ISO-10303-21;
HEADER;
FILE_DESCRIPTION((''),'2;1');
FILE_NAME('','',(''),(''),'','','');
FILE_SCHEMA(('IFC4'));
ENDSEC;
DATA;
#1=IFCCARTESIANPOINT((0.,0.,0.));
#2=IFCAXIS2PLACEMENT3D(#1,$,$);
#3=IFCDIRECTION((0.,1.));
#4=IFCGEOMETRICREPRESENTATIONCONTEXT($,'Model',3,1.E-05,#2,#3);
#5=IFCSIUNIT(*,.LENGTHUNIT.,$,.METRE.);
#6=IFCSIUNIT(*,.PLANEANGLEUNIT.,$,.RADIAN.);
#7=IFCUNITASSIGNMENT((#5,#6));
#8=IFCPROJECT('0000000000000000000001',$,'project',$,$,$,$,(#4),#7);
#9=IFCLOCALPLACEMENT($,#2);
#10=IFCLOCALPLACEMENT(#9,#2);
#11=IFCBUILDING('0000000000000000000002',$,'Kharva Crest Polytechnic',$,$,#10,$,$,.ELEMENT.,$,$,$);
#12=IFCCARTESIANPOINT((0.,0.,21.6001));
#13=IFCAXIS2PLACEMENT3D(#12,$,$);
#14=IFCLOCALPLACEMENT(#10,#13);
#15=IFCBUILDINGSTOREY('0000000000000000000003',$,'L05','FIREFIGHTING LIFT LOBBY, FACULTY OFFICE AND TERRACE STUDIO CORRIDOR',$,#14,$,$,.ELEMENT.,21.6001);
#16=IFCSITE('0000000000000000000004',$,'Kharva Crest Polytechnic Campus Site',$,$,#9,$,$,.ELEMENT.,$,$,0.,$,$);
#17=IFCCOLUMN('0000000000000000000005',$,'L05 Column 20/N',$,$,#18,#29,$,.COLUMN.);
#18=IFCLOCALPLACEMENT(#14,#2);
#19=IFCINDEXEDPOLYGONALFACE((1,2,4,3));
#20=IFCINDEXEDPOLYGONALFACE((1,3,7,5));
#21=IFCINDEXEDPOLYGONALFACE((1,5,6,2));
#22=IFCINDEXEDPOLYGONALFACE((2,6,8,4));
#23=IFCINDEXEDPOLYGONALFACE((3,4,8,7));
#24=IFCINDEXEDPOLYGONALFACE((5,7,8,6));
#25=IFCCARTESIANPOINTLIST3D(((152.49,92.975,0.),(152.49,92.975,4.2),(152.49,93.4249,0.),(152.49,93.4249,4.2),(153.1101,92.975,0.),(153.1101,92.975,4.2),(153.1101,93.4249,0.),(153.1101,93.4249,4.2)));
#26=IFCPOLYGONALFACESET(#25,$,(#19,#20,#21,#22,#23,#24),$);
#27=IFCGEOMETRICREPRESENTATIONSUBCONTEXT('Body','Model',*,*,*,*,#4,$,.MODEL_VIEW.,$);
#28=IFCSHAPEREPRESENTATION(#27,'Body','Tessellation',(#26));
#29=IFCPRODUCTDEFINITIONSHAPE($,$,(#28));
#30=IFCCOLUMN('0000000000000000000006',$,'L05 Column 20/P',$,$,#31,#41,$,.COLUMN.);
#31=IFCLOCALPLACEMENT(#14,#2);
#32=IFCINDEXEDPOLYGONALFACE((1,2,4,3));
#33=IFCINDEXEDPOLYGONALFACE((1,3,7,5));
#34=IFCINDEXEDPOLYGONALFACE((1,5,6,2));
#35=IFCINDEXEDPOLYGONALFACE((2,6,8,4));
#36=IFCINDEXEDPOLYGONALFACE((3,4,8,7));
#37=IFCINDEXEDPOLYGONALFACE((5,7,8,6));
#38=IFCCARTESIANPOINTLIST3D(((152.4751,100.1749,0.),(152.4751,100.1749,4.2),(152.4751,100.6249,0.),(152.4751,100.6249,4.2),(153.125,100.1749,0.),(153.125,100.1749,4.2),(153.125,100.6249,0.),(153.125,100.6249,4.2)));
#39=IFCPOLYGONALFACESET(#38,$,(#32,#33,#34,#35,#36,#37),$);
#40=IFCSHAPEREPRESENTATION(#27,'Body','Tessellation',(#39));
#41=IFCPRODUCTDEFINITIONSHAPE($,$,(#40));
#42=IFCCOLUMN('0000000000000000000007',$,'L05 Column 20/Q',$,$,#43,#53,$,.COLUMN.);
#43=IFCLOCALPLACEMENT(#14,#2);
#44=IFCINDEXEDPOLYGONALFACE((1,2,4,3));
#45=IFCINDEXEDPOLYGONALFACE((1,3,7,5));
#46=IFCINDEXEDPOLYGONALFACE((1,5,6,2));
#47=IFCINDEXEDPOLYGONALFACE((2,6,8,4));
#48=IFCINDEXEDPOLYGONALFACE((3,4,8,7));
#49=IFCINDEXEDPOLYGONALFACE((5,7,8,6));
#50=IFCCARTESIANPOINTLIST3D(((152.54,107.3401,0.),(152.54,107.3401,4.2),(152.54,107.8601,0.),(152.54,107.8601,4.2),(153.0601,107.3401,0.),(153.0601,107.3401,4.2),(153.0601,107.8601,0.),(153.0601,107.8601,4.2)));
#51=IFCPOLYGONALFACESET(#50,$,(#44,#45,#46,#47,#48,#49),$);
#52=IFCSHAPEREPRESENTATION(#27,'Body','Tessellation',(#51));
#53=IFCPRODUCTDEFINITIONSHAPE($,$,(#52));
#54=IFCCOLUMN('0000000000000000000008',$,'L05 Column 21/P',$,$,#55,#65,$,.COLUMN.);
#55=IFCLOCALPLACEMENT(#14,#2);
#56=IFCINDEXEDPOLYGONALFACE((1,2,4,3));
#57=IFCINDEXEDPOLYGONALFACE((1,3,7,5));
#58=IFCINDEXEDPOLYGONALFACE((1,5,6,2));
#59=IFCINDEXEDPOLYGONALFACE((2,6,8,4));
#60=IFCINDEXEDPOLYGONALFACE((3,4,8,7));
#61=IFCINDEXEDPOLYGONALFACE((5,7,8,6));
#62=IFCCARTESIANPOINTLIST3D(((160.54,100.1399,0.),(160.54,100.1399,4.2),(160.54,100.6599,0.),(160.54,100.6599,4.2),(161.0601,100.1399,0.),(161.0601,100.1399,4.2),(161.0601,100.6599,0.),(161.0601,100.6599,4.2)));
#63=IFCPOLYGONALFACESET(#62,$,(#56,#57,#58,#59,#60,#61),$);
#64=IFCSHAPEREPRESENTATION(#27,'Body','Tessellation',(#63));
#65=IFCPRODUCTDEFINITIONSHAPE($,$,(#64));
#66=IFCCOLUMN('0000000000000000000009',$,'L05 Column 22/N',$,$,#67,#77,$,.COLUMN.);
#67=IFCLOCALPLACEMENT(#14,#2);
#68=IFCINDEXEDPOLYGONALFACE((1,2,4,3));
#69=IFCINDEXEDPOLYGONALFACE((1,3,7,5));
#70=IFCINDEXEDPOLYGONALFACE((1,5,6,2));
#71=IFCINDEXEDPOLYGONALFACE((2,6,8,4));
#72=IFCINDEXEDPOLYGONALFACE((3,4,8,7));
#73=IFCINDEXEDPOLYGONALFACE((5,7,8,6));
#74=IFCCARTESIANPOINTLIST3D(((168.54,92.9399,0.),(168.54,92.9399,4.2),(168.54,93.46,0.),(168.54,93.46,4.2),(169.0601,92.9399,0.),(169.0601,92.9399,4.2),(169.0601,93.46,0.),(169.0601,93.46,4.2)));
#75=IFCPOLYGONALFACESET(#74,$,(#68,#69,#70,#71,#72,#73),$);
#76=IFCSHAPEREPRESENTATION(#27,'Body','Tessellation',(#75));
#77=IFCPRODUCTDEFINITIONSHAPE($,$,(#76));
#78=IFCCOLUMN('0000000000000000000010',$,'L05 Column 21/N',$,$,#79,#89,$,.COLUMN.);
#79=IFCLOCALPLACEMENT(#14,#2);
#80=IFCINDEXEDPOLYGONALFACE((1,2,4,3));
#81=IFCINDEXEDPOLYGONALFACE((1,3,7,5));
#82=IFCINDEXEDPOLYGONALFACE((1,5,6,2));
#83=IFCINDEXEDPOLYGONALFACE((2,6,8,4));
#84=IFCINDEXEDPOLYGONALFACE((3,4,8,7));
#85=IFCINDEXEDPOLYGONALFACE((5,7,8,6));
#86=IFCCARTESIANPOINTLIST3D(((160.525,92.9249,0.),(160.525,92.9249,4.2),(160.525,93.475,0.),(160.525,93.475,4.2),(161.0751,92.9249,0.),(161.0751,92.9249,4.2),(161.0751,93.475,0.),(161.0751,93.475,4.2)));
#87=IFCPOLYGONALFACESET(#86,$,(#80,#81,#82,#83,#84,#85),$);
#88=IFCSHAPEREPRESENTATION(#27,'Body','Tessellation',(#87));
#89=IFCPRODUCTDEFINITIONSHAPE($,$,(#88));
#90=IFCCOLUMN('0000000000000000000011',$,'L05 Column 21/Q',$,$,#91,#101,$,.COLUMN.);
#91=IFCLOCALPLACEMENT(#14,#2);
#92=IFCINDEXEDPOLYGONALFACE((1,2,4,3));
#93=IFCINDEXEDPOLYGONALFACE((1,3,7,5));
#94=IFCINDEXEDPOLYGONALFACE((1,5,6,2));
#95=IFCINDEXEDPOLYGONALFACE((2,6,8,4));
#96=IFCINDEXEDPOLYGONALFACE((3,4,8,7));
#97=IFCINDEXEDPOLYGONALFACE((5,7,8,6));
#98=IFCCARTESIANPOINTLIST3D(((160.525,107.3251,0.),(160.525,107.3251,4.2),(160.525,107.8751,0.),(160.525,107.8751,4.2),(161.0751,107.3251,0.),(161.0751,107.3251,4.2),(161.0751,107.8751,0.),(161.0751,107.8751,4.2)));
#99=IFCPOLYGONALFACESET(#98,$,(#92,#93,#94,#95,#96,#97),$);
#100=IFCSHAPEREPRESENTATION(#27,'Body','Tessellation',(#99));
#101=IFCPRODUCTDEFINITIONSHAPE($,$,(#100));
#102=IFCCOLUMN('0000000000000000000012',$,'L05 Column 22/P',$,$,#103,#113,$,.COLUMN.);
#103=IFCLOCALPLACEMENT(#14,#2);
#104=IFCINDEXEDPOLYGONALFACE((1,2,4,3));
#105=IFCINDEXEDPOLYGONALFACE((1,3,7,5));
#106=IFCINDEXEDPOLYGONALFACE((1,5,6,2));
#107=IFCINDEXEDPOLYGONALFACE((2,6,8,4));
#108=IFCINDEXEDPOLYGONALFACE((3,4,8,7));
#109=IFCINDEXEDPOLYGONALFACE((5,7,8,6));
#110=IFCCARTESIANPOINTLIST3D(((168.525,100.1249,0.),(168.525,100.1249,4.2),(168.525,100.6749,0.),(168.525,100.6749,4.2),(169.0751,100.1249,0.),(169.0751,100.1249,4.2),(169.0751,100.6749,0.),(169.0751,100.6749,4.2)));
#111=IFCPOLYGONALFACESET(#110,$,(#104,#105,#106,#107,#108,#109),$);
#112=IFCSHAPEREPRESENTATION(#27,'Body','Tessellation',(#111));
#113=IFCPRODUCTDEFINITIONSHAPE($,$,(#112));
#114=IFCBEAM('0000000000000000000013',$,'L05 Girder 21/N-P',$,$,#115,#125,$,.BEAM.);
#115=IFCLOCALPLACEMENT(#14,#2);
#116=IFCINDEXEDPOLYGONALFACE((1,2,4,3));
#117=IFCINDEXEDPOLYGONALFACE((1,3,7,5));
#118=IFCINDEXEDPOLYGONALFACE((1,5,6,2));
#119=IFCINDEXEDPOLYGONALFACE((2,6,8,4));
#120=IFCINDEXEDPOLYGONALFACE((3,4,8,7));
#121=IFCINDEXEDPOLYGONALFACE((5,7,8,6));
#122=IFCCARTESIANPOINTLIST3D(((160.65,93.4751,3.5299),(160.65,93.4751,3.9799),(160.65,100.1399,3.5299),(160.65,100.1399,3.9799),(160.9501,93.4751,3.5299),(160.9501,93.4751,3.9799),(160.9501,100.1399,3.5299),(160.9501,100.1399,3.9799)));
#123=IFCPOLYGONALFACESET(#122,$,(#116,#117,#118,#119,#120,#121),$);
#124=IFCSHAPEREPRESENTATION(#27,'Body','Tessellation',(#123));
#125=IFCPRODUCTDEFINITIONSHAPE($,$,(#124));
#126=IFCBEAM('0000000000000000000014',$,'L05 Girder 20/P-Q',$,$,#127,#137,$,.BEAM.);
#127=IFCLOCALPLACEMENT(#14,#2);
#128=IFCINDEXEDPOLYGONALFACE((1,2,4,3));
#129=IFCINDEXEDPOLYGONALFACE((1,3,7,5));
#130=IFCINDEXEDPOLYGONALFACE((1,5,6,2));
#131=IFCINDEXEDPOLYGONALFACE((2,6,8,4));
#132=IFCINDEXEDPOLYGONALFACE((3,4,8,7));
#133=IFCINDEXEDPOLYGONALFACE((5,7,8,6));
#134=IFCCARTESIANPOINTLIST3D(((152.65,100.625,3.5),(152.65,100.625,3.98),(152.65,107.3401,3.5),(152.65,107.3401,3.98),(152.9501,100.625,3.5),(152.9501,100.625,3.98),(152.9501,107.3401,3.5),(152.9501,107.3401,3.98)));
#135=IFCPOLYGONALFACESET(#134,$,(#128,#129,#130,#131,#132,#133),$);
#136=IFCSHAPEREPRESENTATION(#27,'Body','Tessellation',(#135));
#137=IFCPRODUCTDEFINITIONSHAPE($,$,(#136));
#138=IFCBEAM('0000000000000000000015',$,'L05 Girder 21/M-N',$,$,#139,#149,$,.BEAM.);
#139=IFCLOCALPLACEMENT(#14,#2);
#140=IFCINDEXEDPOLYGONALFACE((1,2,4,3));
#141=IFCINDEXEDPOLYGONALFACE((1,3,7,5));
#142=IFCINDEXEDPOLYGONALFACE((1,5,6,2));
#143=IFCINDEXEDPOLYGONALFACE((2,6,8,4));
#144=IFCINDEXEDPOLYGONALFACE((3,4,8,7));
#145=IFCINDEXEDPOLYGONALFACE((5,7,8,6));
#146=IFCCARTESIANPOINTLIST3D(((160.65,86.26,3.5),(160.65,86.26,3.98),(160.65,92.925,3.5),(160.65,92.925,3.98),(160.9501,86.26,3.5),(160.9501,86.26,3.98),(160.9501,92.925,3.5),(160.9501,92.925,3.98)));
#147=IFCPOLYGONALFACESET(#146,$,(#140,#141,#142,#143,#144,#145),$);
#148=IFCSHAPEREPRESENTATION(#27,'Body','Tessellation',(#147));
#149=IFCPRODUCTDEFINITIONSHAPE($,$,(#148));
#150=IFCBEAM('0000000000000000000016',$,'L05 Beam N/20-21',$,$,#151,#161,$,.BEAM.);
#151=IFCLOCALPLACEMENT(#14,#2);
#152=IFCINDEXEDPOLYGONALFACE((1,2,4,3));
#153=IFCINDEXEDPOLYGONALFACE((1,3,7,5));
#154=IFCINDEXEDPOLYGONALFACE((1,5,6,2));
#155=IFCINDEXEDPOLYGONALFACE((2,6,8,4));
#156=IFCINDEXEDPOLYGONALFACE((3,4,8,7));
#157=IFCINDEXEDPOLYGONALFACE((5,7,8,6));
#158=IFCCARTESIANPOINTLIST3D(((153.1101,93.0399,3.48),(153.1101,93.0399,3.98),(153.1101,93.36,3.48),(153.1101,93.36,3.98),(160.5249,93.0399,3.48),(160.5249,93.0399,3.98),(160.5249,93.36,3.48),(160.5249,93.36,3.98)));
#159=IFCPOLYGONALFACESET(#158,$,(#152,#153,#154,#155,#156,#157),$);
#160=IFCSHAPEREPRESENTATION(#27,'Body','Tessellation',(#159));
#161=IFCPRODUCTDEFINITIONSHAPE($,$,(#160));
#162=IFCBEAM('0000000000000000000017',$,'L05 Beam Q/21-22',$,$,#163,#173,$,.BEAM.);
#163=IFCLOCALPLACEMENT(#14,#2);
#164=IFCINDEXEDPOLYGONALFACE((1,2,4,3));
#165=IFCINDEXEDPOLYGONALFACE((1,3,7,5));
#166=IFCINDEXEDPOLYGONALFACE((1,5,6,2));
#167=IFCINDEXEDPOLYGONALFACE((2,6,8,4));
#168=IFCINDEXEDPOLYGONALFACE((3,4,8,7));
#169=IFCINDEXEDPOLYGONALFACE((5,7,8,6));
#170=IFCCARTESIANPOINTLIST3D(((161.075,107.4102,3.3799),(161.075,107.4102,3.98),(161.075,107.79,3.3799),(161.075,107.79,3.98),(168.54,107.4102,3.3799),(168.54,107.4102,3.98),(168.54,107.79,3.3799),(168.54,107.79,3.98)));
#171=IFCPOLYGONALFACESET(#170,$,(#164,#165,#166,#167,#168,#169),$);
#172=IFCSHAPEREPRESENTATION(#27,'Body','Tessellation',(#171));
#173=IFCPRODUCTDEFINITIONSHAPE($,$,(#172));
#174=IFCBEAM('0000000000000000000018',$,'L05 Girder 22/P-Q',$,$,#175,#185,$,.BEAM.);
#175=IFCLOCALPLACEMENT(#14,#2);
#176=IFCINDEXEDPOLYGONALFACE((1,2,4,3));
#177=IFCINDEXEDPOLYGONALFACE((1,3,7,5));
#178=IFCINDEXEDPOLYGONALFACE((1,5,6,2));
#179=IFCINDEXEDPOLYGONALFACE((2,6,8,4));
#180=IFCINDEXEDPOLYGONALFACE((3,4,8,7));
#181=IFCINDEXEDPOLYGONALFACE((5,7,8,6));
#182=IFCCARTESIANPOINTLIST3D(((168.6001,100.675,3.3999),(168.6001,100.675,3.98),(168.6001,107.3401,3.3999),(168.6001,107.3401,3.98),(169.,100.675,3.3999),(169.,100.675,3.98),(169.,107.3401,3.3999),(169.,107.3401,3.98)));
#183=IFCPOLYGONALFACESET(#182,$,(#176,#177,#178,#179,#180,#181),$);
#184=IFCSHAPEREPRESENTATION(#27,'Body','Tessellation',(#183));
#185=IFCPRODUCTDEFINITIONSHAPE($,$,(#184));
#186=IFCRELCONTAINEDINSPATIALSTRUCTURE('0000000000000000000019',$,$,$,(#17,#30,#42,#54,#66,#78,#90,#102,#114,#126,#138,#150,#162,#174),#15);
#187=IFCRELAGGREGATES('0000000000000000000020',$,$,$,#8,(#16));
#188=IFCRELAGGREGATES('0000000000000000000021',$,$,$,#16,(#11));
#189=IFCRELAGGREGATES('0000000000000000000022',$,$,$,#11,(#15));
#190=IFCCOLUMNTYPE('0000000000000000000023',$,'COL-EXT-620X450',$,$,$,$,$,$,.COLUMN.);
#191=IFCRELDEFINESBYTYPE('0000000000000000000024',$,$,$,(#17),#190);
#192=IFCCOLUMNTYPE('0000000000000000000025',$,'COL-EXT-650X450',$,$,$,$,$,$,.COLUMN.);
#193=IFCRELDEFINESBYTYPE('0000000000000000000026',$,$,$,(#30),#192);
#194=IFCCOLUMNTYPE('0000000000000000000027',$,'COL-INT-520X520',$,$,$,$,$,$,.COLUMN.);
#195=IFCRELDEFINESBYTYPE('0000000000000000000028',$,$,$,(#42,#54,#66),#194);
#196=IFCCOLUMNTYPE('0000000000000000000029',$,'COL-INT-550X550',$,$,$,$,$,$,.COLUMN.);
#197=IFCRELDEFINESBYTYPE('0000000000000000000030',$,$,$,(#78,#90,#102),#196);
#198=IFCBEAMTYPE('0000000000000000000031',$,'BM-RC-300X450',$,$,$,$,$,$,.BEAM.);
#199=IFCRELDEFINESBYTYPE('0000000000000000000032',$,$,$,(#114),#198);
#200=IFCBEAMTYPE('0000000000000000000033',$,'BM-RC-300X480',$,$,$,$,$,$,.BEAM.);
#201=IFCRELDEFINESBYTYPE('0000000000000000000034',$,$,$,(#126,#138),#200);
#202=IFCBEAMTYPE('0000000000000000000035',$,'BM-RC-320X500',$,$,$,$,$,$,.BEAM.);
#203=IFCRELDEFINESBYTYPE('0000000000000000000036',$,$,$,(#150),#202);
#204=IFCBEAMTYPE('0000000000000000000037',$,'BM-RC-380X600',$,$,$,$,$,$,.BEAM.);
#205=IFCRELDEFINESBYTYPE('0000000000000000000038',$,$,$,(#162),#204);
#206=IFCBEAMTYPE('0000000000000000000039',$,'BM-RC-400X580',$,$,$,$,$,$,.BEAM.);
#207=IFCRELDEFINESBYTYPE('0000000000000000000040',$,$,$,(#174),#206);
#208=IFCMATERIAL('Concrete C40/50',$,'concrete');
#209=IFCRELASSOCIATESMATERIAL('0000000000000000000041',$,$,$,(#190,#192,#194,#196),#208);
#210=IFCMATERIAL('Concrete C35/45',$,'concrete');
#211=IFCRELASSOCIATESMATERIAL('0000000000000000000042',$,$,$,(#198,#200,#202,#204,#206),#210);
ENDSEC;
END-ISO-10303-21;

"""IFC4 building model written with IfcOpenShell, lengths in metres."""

from ifc_helpers import new_model, si_unit, direction, frame, origin, origin_2d, place, context, subcontext, project, spatial, rectangle, extrude, material, material_profile, profile_set, type_object, element, save


model = new_model("IFC4")

# Units and contexts
model_context = context("Model", 3, precision=1e-05, world=origin(), true_north=direction((0.0, 1.0)))
body_context = subcontext(model_context, "Body", "Model", "MODEL_VIEW")
ifc_project = project(units=[si_unit("LENGTHUNIT", "METRE"), si_unit("PLANEANGLEUNIT", "RADIAN")], contexts=[model_context])

# Site, building, storey
site_placement = place(None, origin())
site = spatial("IfcSite", under=ifc_project, at=site_placement, Name="Kharva Crest Polytechnic Campus Site", CompositionType="ELEMENT", RefElevation=0.0)
building_placement = place(site_placement, origin())
building = spatial("IfcBuilding", under=site, at=building_placement, Name="Kharva Crest Polytechnic", CompositionType="ELEMENT")
storey_placement = place(building_placement, frame((0.0, 0.0, 21.6001)))
storey = spatial("IfcBuildingStorey", under=building, at=storey_placement, Name="L05", Description="FIREFIGHTING LIFT LOBBY, FACULTY OFFICE AND TERRACE STUDIO CORRIDOR", CompositionType="ELEMENT", Elevation=21.6001)

# Columns
ifc_material_1 = material(Name="Concrete C40/50", Category="concrete")
ifc_material_profile_1 = material_profile(ifc_material_1, rectangle(XDim=0.6201, YDim=0.45, at=origin_2d()), Name="RECT 620 X 450")
ifc_profile_set_1 = profile_set([ifc_material_profile_1], Name="Concrete C40/50")
column_type_1 = type_object("IfcColumnType", Name="COL-EXT-620X450", PredefinedType="COLUMN", material=ifc_profile_set_1)
column_1_placement = place(storey_placement, frame((152.8, 93.2, 0.0), z_axis=(0.0, 0.0, 1.0), x_axis=(1.0, 0.0, 0.0)))
element("IfcColumn", 1, at=column_1_placement, inside=storey, type_object=column_type_1, Name="L05 Column 20/N", PredefinedType="COLUMN", context=body_context, shape_type="SweptSolid", body=[
    extrude(rectangle(XDim=0.6201, YDim=0.45, at=origin_2d()), origin(), (0.0, 0.0, 1.0), 4.2),
])
ifc_material_profile_2 = material_profile(ifc_material_1, rectangle(XDim=0.6499, YDim=0.45, at=origin_2d()), Name="RECT 650 X 450")
ifc_profile_set_2 = profile_set([ifc_material_profile_2], Name="Concrete C40/50")
column_type_2 = type_object("IfcColumnType", Name="COL-EXT-650X450", PredefinedType="COLUMN", material=ifc_profile_set_2)
column_2_placement = place(storey_placement, frame((152.8, 100.3999, 0.0), z_axis=(0.0, 0.0, 1.0), x_axis=(1.0, 0.0, 0.0)))
element("IfcColumn", 2, at=column_2_placement, inside=storey, type_object=column_type_2, Name="L05 Column 20/P", PredefinedType="COLUMN", context=body_context, shape_type="SweptSolid", body=[
    extrude(rectangle(XDim=0.6499, YDim=0.45, at=origin_2d()), origin(), (0.0, 0.0, 1.0), 4.2),
])
ifc_material_profile_3 = material_profile(ifc_material_1, rectangle(XDim=0.52, YDim=0.52, at=origin_2d()), Name="RECT 520 X 520")
ifc_profile_set_3 = profile_set([ifc_material_profile_3], Name="Concrete C40/50")
column_type_3 = type_object("IfcColumnType", Name="COL-INT-520X520", PredefinedType="COLUMN", material=ifc_profile_set_3)
for number, where, z_axis, x_axis, name in (
    (3, (152.8, 107.6001, 0.0), (0.0, 0.0, 1.0), (1.0, 0.0, 0.0), "L05 Column 20/Q"),
    (4, (160.8, 100.3999, 0.0), (0.0, 0.0, 1.0), (1.0, 0.0, 0.0), "L05 Column 21/P"),
    (5, (168.8, 93.2, 0.0), (0.0, 0.0, 1.0), (1.0, 0.0, 0.0), "L05 Column 22/N"),
):
    element("IfcColumn", number, at=place(storey_placement, frame(where, z_axis=z_axis, x_axis=x_axis)), inside=storey, type_object=column_type_3, Name=name, PredefinedType="COLUMN", context=body_context, shape_type="SweptSolid", body=[
        extrude(rectangle(XDim=0.52, YDim=0.52, at=origin_2d()), origin(), (0.0, 0.0, 1.0), 4.2),
    ])
ifc_material_profile_4 = material_profile(ifc_material_1, rectangle(XDim=0.55, YDim=0.55, at=origin_2d()), Name="RECT 550 X 550")
ifc_profile_set_4 = profile_set([ifc_material_profile_4], Name="Concrete C40/50")
column_type_4 = type_object("IfcColumnType", Name="COL-INT-550X550", PredefinedType="COLUMN", material=ifc_profile_set_4)
for number, where, z_axis, x_axis, name in (
    (6, (160.8, 93.2, 0.0), (0.0, 0.0, 1.0), (1.0, 0.0, 0.0), "L05 Column 21/N"),
    (7, (160.8, 107.6001, 0.0), (0.0, 0.0, 1.0), (1.0, 0.0, 0.0), "L05 Column 21/Q"),
    (8, (168.8, 100.3999, 0.0), (0.0, 0.0, 1.0), (1.0, 0.0, 0.0), "L05 Column 22/P"),
):
    element("IfcColumn", number, at=place(storey_placement, frame(where, z_axis=z_axis, x_axis=x_axis)), inside=storey, type_object=column_type_4, Name=name, PredefinedType="COLUMN", context=body_context, shape_type="SweptSolid", body=[
        extrude(rectangle(XDim=0.55, YDim=0.55, at=origin_2d()), origin(), (0.0, 0.0, 1.0), 4.2),
    ])

# Beams
ifc_material_2 = material(Name="Concrete C35/45", Category="concrete")
ifc_material_profile_5 = material_profile(ifc_material_2, rectangle(XDim=0.3, YDim=0.45, at=origin_2d()), Name="RECT 300 X 450")
ifc_profile_set_5 = profile_set([ifc_material_profile_5], Name="Concrete C35/45")
beam_type_1 = type_object("IfcBeamType", Name="BM-RC-300X450", PredefinedType="BEAM", material=ifc_profile_set_5)
beam_1_placement = place(storey_placement, frame((160.8, 93.4751, 3.7549), z_axis=(0.0, 1.0, 0.0), x_axis=(-1.0, 0.0, 0.0)))
element("IfcBeam", 9, at=beam_1_placement, inside=storey, type_object=beam_type_1, Name="L05 Girder 21/N-P", PredefinedType="BEAM", context=body_context, shape_type="SweptSolid", body=[
    extrude(rectangle(XDim=0.3, YDim=0.45, at=origin_2d()), origin(), (0.0, 0.0, 1.0), 6.6648),
])
ifc_material_profile_6 = material_profile(ifc_material_2, rectangle(XDim=0.3, YDim=0.48, at=origin_2d()), Name="RECT 300 X 480")
ifc_profile_set_6 = profile_set([ifc_material_profile_6], Name="Concrete C35/45")
beam_type_2 = type_object("IfcBeamType", Name="BM-RC-300X480", PredefinedType="BEAM", material=ifc_profile_set_6)
beam_2_placement = place(storey_placement, frame((152.8, 100.625, 3.74), z_axis=(0.0, 1.0, 0.0), x_axis=(-1.0, 0.0, 0.0)))
element("IfcBeam", 10, at=beam_2_placement, inside=storey, type_object=beam_type_2, Name="L05 Girder 20/P-Q", PredefinedType="BEAM", context=body_context, shape_type="SweptSolid", body=[
    extrude(rectangle(XDim=0.3, YDim=0.48, at=origin_2d()), origin(), (0.0, 0.0, 1.0), 6.7151),
])
beam_3_placement = place(storey_placement, frame((160.8, 86.26, 3.74), z_axis=(0.0, 1.0, 0.0), x_axis=(-1.0, 0.0, 0.0)))
element("IfcBeam", 11, at=beam_3_placement, inside=storey, type_object=beam_type_2, Name="L05 Girder 21/M-N", PredefinedType="BEAM", context=body_context, shape_type="SweptSolid", body=[
    extrude(rectangle(XDim=0.3, YDim=0.48, at=origin_2d()), origin(), (0.0, 0.0, 1.0), 6.665),
])
ifc_material_profile_7 = material_profile(ifc_material_2, rectangle(XDim=0.3201, YDim=0.5, at=origin_2d()), Name="RECT 320 X 500")
ifc_profile_set_7 = profile_set([ifc_material_profile_7], Name="Concrete C35/45")
beam_type_3 = type_object("IfcBeamType", Name="BM-RC-320X500", PredefinedType="BEAM", material=ifc_profile_set_7)
beam_4_placement = place(storey_placement, frame((153.1101, 93.2, 3.73), z_axis=(1.0, 0.0, 0.0), x_axis=(0.0, 1.0, 0.0)))
element("IfcBeam", 12, at=beam_4_placement, inside=storey, type_object=beam_type_3, Name="L05 Beam N/20-21", PredefinedType="BEAM", context=body_context, shape_type="SweptSolid", body=[
    extrude(rectangle(XDim=0.3201, YDim=0.5, at=origin_2d()), origin(), (0.0, 0.0, 1.0), 7.4148),
])
ifc_material_profile_8 = material_profile(ifc_material_2, rectangle(XDim=0.3799, YDim=0.6001, at=origin_2d()), Name="RECT 380 X 600")
ifc_profile_set_8 = profile_set([ifc_material_profile_8], Name="Concrete C35/45")
beam_type_4 = type_object("IfcBeamType", Name="BM-RC-380X600", PredefinedType="BEAM", material=ifc_profile_set_8)
beam_5_placement = place(storey_placement, frame((161.075, 107.6001, 3.6799), z_axis=(1.0, 0.0, 0.0), x_axis=(0.0, 1.0, 0.0)))
element("IfcBeam", 13, at=beam_5_placement, inside=storey, type_object=beam_type_4, Name="L05 Beam Q/21-22", PredefinedType="BEAM", context=body_context, shape_type="SweptSolid", body=[
    extrude(rectangle(XDim=0.3799, YDim=0.6001, at=origin_2d()), origin(), (0.0, 0.0, 1.0), 7.4651),
])
ifc_material_profile_9 = material_profile(ifc_material_2, rectangle(XDim=0.3999, YDim=0.5801, at=origin_2d()), Name="RECT 400 X 580")
ifc_profile_set_9 = profile_set([ifc_material_profile_9], Name="Concrete C35/45")
beam_type_5 = type_object("IfcBeamType", Name="BM-RC-400X580", PredefinedType="BEAM", material=ifc_profile_set_9)
beam_6_placement = place(storey_placement, frame((168.8, 100.675, 3.6899), z_axis=(0.0, 1.0, 0.0), x_axis=(-1.0, 0.0, 0.0)))
element("IfcBeam", 14, at=beam_6_placement, inside=storey, type_object=beam_type_5, Name="L05 Girder 22/P-Q", PredefinedType="BEAM", context=body_context, shape_type="SweptSolid", body=[
    extrude(rectangle(XDim=0.3999, YDim=0.5801, at=origin_2d()), origin(), (0.0, 0.0, 1.0), 6.665),
])

save(model, "model.ifc")
